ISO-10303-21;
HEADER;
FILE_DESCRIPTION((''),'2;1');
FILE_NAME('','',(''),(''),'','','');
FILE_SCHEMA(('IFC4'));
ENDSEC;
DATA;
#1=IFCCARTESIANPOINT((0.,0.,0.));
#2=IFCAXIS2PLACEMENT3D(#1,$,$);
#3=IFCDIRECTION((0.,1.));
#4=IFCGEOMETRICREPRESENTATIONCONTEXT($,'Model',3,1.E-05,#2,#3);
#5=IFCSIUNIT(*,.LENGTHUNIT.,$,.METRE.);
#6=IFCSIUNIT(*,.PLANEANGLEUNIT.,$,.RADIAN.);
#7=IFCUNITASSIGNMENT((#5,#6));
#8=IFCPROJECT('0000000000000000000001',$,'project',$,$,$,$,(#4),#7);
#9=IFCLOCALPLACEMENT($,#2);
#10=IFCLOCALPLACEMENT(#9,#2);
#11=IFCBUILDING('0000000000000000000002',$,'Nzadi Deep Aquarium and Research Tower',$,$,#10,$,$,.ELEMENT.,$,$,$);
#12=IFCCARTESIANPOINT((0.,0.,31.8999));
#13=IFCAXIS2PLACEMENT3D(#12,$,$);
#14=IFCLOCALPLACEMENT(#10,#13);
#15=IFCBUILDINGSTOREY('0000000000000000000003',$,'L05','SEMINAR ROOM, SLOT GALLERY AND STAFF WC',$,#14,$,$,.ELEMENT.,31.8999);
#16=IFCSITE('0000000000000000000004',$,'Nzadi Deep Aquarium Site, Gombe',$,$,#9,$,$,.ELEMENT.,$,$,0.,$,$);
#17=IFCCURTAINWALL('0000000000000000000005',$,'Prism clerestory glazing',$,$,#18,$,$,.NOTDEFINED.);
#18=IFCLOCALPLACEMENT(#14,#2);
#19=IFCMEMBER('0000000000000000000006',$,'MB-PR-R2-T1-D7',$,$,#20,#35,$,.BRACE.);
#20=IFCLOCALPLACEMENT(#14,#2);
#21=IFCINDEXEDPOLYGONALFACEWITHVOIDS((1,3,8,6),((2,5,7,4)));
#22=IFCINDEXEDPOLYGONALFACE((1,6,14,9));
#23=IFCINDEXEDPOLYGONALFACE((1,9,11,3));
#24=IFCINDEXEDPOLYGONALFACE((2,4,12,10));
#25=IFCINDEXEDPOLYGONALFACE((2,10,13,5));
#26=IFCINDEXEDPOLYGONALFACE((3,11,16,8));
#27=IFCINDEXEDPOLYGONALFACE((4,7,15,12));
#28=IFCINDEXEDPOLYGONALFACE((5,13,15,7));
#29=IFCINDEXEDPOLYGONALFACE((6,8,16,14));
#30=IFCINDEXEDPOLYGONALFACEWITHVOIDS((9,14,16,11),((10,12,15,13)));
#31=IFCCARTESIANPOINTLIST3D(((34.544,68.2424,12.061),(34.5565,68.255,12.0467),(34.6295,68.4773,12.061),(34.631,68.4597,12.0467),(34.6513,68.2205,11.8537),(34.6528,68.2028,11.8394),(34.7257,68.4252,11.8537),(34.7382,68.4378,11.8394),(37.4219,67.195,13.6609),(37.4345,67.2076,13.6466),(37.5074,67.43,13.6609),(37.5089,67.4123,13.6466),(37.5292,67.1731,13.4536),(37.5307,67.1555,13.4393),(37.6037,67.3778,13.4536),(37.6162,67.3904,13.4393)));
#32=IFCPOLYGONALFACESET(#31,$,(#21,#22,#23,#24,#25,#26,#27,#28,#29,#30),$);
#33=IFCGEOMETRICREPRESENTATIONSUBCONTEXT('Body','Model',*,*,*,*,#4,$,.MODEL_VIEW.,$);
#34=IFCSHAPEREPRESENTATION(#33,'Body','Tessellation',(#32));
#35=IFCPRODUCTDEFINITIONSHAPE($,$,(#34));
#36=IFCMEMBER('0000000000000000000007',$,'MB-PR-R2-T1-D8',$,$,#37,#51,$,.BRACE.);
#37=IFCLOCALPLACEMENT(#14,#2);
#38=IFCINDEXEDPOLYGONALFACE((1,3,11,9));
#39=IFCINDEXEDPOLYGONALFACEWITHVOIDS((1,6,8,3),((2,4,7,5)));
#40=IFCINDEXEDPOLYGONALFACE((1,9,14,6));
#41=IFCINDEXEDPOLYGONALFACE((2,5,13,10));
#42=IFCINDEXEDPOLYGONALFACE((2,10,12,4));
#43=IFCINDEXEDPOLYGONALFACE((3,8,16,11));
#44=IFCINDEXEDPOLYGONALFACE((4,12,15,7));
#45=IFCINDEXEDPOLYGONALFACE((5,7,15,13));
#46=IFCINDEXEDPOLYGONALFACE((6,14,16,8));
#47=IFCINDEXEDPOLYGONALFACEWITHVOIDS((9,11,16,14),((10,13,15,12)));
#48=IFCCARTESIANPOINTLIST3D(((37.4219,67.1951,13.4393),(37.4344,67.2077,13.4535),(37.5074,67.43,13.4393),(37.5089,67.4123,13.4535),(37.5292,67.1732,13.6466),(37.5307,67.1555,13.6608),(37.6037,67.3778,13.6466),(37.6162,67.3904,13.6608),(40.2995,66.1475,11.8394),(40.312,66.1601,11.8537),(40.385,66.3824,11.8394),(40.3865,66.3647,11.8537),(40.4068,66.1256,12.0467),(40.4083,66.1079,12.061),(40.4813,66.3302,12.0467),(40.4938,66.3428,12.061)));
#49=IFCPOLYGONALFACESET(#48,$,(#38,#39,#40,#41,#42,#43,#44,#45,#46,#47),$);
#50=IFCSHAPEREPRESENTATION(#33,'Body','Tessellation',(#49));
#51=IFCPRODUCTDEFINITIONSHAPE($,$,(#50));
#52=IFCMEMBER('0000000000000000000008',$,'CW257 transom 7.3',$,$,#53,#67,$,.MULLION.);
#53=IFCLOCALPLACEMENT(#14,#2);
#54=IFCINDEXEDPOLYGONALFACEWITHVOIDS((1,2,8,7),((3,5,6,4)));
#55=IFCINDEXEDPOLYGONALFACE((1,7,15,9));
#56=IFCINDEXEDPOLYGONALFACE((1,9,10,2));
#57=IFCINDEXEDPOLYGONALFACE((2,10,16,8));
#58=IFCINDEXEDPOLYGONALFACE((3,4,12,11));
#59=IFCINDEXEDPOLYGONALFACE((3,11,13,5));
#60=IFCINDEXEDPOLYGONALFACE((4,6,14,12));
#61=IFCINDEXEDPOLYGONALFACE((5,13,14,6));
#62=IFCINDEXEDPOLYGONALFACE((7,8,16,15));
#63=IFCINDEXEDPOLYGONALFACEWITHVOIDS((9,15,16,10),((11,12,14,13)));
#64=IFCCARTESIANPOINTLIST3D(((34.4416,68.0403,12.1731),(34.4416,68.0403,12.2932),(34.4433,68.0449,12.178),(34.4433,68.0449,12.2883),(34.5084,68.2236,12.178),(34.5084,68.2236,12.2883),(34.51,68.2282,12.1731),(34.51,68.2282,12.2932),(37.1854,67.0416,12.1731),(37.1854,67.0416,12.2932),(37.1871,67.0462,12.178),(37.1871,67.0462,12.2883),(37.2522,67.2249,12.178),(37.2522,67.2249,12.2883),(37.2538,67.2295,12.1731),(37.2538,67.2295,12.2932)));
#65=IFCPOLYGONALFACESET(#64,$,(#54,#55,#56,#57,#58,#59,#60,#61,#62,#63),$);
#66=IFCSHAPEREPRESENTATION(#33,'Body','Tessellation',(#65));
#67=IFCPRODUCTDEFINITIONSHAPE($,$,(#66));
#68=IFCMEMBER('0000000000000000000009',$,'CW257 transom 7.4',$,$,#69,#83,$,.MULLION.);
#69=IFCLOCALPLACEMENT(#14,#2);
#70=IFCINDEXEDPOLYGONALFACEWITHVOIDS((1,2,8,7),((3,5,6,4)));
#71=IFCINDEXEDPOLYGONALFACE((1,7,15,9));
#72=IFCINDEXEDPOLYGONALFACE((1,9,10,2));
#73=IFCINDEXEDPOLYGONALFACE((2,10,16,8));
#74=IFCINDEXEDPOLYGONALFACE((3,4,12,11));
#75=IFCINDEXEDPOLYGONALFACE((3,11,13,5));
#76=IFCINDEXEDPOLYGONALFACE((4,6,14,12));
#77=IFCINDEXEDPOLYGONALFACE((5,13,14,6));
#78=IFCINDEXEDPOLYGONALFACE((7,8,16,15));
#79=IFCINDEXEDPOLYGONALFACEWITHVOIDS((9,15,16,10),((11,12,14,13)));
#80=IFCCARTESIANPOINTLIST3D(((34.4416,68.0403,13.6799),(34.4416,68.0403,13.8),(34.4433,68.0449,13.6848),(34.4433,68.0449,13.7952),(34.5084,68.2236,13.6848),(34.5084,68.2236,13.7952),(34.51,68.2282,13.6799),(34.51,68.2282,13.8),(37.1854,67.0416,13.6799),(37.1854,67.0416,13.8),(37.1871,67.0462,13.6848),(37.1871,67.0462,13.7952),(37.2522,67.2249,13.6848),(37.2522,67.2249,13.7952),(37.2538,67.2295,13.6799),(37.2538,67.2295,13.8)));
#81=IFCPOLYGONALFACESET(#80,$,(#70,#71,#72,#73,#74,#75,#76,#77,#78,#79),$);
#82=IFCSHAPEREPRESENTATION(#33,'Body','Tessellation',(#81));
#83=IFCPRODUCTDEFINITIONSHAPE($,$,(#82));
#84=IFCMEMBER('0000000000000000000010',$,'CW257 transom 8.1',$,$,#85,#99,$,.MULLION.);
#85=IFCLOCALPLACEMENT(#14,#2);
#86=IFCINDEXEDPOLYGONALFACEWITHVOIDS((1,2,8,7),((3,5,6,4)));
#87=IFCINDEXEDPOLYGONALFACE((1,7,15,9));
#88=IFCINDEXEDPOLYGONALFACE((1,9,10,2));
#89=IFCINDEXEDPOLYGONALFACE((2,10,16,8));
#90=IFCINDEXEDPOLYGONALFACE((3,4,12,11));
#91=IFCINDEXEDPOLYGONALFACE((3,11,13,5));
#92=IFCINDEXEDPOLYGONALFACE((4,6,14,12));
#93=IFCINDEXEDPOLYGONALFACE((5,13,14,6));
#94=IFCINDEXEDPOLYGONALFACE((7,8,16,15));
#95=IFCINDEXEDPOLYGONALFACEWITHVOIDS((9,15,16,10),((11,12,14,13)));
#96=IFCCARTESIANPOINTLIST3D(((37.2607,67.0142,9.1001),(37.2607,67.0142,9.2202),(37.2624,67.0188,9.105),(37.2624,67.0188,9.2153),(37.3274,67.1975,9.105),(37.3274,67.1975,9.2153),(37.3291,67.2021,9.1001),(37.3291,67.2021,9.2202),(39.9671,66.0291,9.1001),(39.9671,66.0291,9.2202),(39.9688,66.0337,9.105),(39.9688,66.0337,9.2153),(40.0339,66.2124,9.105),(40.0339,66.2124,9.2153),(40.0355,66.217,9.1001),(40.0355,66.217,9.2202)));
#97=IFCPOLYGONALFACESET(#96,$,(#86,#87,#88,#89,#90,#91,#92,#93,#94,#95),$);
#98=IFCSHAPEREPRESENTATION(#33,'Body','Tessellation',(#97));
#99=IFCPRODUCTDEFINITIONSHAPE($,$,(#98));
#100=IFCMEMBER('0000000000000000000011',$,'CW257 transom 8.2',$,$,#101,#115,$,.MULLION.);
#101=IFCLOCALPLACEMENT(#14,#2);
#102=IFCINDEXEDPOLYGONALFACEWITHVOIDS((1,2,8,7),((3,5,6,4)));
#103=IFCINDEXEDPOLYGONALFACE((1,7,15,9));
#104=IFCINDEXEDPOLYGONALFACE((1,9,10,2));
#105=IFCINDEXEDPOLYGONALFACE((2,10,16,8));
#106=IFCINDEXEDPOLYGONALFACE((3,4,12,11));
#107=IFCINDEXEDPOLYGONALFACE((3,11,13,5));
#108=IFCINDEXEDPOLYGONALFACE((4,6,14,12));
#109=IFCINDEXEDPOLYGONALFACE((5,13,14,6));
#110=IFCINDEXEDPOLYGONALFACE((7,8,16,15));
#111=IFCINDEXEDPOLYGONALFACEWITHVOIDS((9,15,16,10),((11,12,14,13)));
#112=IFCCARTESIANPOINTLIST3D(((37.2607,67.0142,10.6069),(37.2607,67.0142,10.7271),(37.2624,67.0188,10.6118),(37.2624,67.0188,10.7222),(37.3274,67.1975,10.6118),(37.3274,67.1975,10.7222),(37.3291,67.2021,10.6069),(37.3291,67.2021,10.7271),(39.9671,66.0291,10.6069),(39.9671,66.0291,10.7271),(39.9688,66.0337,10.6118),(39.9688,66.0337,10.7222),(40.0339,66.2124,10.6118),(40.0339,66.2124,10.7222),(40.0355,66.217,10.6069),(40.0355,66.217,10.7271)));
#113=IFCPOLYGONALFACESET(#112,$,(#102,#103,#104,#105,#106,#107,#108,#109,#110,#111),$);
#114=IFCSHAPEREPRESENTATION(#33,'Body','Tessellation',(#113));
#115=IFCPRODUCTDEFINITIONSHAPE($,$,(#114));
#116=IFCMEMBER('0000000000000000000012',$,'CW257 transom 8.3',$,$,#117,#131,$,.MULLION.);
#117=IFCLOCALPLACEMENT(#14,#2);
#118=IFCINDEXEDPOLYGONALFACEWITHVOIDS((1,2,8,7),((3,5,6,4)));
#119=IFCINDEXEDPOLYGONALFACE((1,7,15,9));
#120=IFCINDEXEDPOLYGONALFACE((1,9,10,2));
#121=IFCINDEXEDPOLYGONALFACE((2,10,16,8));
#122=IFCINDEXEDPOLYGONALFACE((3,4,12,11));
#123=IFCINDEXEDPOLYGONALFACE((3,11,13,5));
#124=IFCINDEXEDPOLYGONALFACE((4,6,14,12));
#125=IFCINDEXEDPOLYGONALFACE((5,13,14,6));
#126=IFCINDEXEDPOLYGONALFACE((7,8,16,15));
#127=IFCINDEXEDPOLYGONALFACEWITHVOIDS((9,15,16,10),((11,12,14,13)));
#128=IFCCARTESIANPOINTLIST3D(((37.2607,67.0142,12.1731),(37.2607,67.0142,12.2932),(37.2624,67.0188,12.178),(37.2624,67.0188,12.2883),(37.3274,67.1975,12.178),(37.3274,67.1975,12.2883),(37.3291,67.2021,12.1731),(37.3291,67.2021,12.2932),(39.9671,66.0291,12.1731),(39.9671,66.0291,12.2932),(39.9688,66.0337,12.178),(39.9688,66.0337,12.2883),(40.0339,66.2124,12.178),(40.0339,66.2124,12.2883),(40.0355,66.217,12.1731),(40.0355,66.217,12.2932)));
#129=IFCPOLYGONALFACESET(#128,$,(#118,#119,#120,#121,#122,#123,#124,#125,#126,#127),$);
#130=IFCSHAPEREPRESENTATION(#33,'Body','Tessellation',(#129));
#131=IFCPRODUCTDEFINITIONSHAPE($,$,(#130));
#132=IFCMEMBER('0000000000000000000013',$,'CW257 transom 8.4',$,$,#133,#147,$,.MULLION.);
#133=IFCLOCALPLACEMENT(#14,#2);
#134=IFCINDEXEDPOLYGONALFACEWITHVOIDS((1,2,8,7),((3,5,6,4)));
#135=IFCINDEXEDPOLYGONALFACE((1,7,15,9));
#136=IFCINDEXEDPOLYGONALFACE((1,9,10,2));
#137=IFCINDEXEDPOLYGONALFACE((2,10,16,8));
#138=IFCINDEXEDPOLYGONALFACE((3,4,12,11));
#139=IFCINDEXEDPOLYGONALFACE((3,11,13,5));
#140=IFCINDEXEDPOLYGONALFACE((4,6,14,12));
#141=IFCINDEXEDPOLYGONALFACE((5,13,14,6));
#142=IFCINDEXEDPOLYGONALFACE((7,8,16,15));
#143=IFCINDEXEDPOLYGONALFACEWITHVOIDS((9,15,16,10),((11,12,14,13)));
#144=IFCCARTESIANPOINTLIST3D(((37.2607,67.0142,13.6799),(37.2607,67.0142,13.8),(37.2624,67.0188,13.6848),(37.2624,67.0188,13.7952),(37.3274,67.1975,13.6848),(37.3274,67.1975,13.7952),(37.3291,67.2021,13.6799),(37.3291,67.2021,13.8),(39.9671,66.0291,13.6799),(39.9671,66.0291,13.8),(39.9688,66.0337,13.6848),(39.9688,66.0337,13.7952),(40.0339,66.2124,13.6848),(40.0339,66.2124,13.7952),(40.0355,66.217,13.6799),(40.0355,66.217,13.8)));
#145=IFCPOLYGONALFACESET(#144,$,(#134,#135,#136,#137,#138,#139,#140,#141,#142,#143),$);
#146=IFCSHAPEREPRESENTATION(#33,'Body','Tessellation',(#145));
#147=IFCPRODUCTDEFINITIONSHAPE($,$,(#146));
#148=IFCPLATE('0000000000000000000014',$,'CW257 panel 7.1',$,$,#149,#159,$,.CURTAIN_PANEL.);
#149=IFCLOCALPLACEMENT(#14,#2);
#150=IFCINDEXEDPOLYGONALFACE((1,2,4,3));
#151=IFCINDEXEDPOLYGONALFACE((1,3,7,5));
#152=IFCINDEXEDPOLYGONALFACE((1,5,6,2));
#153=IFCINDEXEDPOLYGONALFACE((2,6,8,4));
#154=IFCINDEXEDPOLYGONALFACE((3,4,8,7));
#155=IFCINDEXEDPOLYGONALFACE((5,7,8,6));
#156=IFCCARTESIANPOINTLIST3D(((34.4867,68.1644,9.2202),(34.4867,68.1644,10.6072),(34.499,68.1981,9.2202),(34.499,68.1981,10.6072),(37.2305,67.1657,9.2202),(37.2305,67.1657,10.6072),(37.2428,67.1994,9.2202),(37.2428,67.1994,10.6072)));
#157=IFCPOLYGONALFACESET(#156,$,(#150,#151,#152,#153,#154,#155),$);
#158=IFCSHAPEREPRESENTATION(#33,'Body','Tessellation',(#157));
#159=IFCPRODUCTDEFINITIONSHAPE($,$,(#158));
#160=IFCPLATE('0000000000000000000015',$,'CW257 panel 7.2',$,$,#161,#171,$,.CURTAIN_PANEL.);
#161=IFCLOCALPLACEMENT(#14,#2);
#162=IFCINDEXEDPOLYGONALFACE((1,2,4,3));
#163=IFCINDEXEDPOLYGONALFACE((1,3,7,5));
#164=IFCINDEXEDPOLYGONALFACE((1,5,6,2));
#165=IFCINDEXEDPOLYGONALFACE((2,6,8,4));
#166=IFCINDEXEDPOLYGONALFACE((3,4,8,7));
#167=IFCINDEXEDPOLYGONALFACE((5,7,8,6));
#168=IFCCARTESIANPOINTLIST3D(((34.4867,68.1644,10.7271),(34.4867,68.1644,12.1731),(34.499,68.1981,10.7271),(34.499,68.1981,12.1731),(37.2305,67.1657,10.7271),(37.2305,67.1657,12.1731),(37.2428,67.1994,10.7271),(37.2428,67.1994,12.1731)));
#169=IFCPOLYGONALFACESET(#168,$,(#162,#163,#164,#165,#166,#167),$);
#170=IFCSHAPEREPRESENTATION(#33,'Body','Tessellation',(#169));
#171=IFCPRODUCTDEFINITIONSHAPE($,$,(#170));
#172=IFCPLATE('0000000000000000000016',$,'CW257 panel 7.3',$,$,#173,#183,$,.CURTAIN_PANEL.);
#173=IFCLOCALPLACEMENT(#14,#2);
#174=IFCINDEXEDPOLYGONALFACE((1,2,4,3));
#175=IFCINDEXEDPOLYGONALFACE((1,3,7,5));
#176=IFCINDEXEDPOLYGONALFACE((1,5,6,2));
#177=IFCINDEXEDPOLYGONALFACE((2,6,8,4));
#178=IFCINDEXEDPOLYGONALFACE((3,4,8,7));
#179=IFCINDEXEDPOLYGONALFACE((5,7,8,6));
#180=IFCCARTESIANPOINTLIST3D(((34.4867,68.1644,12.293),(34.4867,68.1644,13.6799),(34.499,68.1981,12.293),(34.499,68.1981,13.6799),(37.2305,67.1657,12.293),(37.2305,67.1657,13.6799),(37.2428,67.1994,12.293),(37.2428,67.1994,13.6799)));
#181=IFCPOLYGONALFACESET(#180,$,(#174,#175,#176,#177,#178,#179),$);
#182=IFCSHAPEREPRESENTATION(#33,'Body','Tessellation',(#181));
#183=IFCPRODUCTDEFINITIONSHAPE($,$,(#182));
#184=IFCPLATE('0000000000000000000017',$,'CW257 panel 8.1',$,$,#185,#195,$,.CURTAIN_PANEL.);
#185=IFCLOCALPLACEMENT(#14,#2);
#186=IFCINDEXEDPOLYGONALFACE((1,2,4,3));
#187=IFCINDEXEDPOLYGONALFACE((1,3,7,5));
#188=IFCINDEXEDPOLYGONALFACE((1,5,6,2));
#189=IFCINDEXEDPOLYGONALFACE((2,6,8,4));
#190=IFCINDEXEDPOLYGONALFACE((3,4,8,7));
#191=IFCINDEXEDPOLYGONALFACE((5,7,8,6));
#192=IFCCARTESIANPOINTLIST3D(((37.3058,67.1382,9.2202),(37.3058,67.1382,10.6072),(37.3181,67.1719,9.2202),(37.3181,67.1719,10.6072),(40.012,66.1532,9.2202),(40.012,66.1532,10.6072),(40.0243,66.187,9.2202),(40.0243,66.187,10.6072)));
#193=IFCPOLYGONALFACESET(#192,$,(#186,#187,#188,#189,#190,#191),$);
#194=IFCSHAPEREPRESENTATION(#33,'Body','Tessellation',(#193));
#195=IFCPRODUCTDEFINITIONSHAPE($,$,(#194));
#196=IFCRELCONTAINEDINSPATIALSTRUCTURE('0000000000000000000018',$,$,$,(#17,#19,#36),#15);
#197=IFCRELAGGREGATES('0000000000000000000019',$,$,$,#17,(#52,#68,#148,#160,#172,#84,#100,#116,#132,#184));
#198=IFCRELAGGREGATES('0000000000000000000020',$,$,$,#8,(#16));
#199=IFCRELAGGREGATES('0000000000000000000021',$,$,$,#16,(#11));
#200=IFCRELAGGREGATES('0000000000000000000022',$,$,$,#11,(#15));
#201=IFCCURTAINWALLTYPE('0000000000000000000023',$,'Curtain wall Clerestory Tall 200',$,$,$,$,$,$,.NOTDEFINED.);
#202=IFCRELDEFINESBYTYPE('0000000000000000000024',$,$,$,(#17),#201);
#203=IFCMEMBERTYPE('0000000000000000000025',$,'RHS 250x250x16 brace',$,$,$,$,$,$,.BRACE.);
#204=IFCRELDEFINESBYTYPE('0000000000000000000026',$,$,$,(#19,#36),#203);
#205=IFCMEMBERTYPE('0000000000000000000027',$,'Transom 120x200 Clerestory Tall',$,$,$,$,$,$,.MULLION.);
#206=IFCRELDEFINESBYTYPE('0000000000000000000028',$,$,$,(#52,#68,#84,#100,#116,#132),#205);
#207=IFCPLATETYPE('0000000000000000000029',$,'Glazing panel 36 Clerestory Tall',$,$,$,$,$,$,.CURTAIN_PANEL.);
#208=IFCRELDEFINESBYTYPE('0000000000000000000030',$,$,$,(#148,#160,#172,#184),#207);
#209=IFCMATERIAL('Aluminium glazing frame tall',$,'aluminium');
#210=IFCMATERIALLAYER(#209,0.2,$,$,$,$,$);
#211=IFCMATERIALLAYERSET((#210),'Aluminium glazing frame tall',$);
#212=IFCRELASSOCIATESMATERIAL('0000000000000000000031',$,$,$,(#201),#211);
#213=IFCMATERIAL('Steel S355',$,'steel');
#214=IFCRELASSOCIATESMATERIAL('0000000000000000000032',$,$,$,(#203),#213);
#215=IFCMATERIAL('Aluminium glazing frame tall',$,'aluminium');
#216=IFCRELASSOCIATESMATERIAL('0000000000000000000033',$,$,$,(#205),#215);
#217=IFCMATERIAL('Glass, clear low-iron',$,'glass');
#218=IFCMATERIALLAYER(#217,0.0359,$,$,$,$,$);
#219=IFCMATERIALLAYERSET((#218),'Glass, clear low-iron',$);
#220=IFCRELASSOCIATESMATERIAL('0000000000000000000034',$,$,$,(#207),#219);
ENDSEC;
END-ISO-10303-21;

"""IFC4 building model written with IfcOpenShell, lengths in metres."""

from ifc_helpers import new_model, si_unit, direction, frame, origin, origin_2d, place, context, subcontext, project, spatial, rectangle, hollow_rectangle, extrude, material, layer, layer_set, material_profile, profile_set, type_object, element, aggregate, save


model = new_model("IFC4")

# Units and contexts
model_context = context("Model", 3, precision=1e-05, world=origin(), true_north=direction((0.0, 1.0)))
body_context = subcontext(model_context, "Body", "Model", "MODEL_VIEW")
ifc_project = project(units=[si_unit("LENGTHUNIT", "METRE"), si_unit("PLANEANGLEUNIT", "RADIAN")], contexts=[model_context])

# Site, building, storey
site_placement = place(None, origin())
site = spatial("IfcSite", under=ifc_project, at=site_placement, Name="Nzadi Deep Aquarium Site, Gombe", CompositionType="ELEMENT", RefElevation=0.0)
building_placement = place(site_placement, origin())
building = spatial("IfcBuilding", under=site, at=building_placement, Name="Nzadi Deep Aquarium and Research Tower", CompositionType="ELEMENT")
storey_placement = place(building_placement, frame((0.0, 0.0, 31.8999)))
storey = spatial("IfcBuildingStorey", under=building, at=storey_placement, Name="L05", Description="SEMINAR ROOM, SLOT GALLERY AND STAFF WC", CompositionType="ELEMENT", Elevation=31.8999)

# Curtain wall
ifc_material_1 = material(Name="Aluminium glazing frame tall", Category="aluminium")
ifc_layer_1 = layer(ifc_material_1, 0.2)
ifc_layer_set_1 = layer_set([ifc_layer_1], Name="Aluminium glazing frame tall")
curtain_wall_type = type_object("IfcCurtainWallType", Name="Curtain wall Clerestory Tall 200", PredefinedType="NOTDEFINED", material=ifc_layer_set_1)
curtain_wall_placement = place(storey_placement, origin())
curtain_wall = element("IfcCurtainWall", 1, at=curtain_wall_placement, inside=storey, type_object=curtain_wall_type, Name="Prism clerestory glazing", PredefinedType="NOTDEFINED")

# Members
ifc_material_2 = material(Name="Steel S355", Category="steel")
ifc_material_profile_1 = material_profile(ifc_material_2, hollow_rectangle(XDim=0.25, YDim=0.25, WallThickness=0.0161, at=origin_2d()))
ifc_profile_set_1 = profile_set([ifc_material_profile_1], Name="Steel S355")
member_type_1 = type_object("IfcMemberType", Name="RHS 250x250x16 brace", PredefinedType="BRACE", material=ifc_profile_set_1)
for number, where, z_axis, x_axis, name in (
    (2, (34.6411, 68.3401, 11.9502), (0.832907, -0.303119, 0.463017), (0.341986, 0.939705, 0.0), "MB-PR-R2-T1-D7"),
):
    element("IfcMember", number, at=place(storey_placement, frame(where, z_axis=z_axis, x_axis=x_axis)), inside=storey, type_object=member_type_1, Name=name, PredefinedType="BRACE", context=body_context, shape_type="SweptSolid", body=[
        extrude(hollow_rectangle(XDim=0.25, YDim=0.25, WallThickness=0.0161, at=origin_2d()), origin(), (0.0, 0.0, 1.0), 3.4553),
    ])
member_1_placement = place(storey_placement, frame((37.519, 67.2927, 13.55), z_axis=(0.832868, -0.303201, -0.463034), x_axis=(0.342082, 0.93967, 0.0)))
element("IfcMember", 3, at=member_1_placement, inside=storey, type_object=member_type_1, Name="MB-PR-R2-T1-D8", PredefinedType="BRACE", context=body_context, shape_type="SweptSolid", body=[
    extrude(hollow_rectangle(XDim=0.25, YDim=0.25, WallThickness=0.0161, at=origin_2d()), origin(), (0.0, 0.0, 1.0), 3.4551),
])

# Members
ifc_material_3 = material(Name="Aluminium glazing frame tall", Category="aluminium")
ifc_material_profile_2 = material_profile(ifc_material_3, hollow_rectangle(XDim=0.2, YDim=0.1201, WallThickness=0.0049, at=origin_2d()))
ifc_profile_set_2 = profile_set([ifc_material_profile_2], Name="Aluminium glazing frame tall")
member_type_2 = type_object("IfcMemberType", Name="Transom 120x200 Clerestory Tall", PredefinedType="MULLION", material=ifc_profile_set_2)
member_2_placement = place(storey_placement, frame((34.4758, 68.1343, 12.2332), z_axis=(0.939684, -0.342045, 0.0), x_axis=(0.342045, 0.939684, 0.0)))
member_2 = element("IfcMember", 4, at=member_2_placement, type_object=member_type_2, Name="CW257 transom 7.3", PredefinedType="MULLION", context=body_context, shape_type="SweptSolid", body=[
    extrude(hollow_rectangle(XDim=0.2, YDim=0.1201, WallThickness=0.0049, at=origin_2d()), origin(), (0.0, 0.0, 1.0), 2.9199),
])
member_3_placement = place(storey_placement, frame((34.4758, 68.1343, 13.74), z_axis=(0.939684, -0.342045, 0.0), x_axis=(0.342045, 0.939684, 0.0)))
member_3 = element("IfcMember", 5, at=member_3_placement, type_object=member_type_2, Name="CW257 transom 7.4", PredefinedType="MULLION", context=body_context, shape_type="SweptSolid", body=[
    extrude(hollow_rectangle(XDim=0.2, YDim=0.1201, WallThickness=0.0049, at=origin_2d()), origin(), (0.0, 0.0, 1.0), 2.9199),
])
member_4_placement = place(storey_placement, frame((37.2949, 67.1082, 9.1602), z_axis=(0.939682, -0.342049, 0.0), x_axis=(0.342049, 0.939682, 0.0)))
member_4 = element("IfcMember", 6, at=member_4_placement, type_object=member_type_2, Name="CW257 transom 8.1", PredefinedType="MULLION", context=body_context, shape_type="SweptSolid", body=[
    extrude(hollow_rectangle(XDim=0.2, YDim=0.1201, WallThickness=0.0049, at=origin_2d()), origin(), (0.0, 0.0, 1.0), 2.8801),
])
member_5_placement = place(storey_placement, frame((37.2949, 67.1082, 10.667), z_axis=(0.939682, -0.342049, 0.0), x_axis=(0.342049, 0.939682, 0.0)))
member_5 = element("IfcMember", 7, at=member_5_placement, type_object=member_type_2, Name="CW257 transom 8.2", PredefinedType="MULLION", context=body_context, shape_type="SweptSolid", body=[
    extrude(hollow_rectangle(XDim=0.2, YDim=0.1201, WallThickness=0.0049, at=origin_2d()), origin(), (0.0, 0.0, 1.0), 2.8801),
])
member_6_placement = place(storey_placement, frame((37.2949, 67.1082, 12.2332), z_axis=(0.939682, -0.342049, 0.0), x_axis=(0.342049, 0.939682, 0.0)))
member_6 = element("IfcMember", 8, at=member_6_placement, type_object=member_type_2, Name="CW257 transom 8.3", PredefinedType="MULLION", context=body_context, shape_type="SweptSolid", body=[
    extrude(hollow_rectangle(XDim=0.2, YDim=0.1201, WallThickness=0.0049, at=origin_2d()), origin(), (0.0, 0.0, 1.0), 2.8801),
])
member_7_placement = place(storey_placement, frame((37.2949, 67.1082, 13.74), z_axis=(0.939682, -0.342049, 0.0), x_axis=(0.342049, 0.939682, 0.0)))
member_7 = element("IfcMember", 9, at=member_7_placement, type_object=member_type_2, Name="CW257 transom 8.4", PredefinedType="MULLION", context=body_context, shape_type="SweptSolid", body=[
    extrude(hollow_rectangle(XDim=0.2, YDim=0.1201, WallThickness=0.0049, at=origin_2d()), origin(), (0.0, 0.0, 1.0), 2.8801),
])

# Plates
ifc_material_4 = material(Name="Glass, clear low-iron", Category="glass")
ifc_layer_2 = layer(ifc_material_4, 0.0359)
ifc_layer_set_2 = layer_set([ifc_layer_2], Name="Glass, clear low-iron")
plate_type = type_object("IfcPlateType", Name="Glazing panel 36 Clerestory Tall", PredefinedType="CURTAIN_PANEL", material=ifc_layer_set_2)
plate_1_placement = place(storey_placement, frame((35.8647, 67.6819, 9.2202), z_axis=(0.0, 0.0, 1.0), x_axis=(0.939693, -0.34202, 0.0)))
plate_1 = element("IfcPlate", 10, at=plate_1_placement, type_object=plate_type, Name="CW257 panel 7.1", PredefinedType="CURTAIN_PANEL", context=body_context, shape_type="SweptSolid", body=[
    extrude(rectangle(XDim=2.9199, YDim=0.0359, at=origin_2d()), origin(), (0.0, 0.0, 1.0), 1.387),
])
plate_2_placement = place(storey_placement, frame((35.8647, 67.6819, 10.7271), z_axis=(0.0, 0.0, 1.0), x_axis=(0.939693, -0.34202, 0.0)))
plate_2 = element("IfcPlate", 11, at=plate_2_placement, type_object=plate_type, Name="CW257 panel 7.2", PredefinedType="CURTAIN_PANEL", context=body_context, shape_type="SweptSolid", body=[
    extrude(rectangle(XDim=2.9199, YDim=0.0359, at=origin_2d()), origin(), (0.0, 0.0, 1.0), 1.446),
])
plate_3_placement = place(storey_placement, frame((35.8647, 67.6819, 12.293), z_axis=(0.0, 0.0, 1.0), x_axis=(0.939693, -0.34202, 0.0)))
plate_3 = element("IfcPlate", 12, at=plate_3_placement, type_object=plate_type, Name="CW257 panel 7.3", PredefinedType="CURTAIN_PANEL", context=body_context, shape_type="SweptSolid", body=[
    extrude(rectangle(XDim=2.9199, YDim=0.0359, at=origin_2d()), origin(), (0.0, 0.0, 1.0), 1.387),
])
plate_4_placement = place(storey_placement, frame((38.665, 66.6626, 9.2202), z_axis=(0.0, 0.0, 1.0), x_axis=(0.939693, -0.34202, 0.0)))
plate_4 = element("IfcPlate", 13, at=plate_4_placement, type_object=plate_type, Name="CW257 panel 8.1", PredefinedType="CURTAIN_PANEL", context=body_context, shape_type="SweptSolid", body=[
    extrude(rectangle(XDim=2.8799, YDim=0.0359, at=origin_2d()), origin(), (0.0, 0.0, 1.0), 1.387),
])
aggregate(curtain_wall, [member_2, member_3, plate_1, plate_2, plate_3, member_4, member_5, member_6, member_7, plate_4])

save(model, "model.ifc")
